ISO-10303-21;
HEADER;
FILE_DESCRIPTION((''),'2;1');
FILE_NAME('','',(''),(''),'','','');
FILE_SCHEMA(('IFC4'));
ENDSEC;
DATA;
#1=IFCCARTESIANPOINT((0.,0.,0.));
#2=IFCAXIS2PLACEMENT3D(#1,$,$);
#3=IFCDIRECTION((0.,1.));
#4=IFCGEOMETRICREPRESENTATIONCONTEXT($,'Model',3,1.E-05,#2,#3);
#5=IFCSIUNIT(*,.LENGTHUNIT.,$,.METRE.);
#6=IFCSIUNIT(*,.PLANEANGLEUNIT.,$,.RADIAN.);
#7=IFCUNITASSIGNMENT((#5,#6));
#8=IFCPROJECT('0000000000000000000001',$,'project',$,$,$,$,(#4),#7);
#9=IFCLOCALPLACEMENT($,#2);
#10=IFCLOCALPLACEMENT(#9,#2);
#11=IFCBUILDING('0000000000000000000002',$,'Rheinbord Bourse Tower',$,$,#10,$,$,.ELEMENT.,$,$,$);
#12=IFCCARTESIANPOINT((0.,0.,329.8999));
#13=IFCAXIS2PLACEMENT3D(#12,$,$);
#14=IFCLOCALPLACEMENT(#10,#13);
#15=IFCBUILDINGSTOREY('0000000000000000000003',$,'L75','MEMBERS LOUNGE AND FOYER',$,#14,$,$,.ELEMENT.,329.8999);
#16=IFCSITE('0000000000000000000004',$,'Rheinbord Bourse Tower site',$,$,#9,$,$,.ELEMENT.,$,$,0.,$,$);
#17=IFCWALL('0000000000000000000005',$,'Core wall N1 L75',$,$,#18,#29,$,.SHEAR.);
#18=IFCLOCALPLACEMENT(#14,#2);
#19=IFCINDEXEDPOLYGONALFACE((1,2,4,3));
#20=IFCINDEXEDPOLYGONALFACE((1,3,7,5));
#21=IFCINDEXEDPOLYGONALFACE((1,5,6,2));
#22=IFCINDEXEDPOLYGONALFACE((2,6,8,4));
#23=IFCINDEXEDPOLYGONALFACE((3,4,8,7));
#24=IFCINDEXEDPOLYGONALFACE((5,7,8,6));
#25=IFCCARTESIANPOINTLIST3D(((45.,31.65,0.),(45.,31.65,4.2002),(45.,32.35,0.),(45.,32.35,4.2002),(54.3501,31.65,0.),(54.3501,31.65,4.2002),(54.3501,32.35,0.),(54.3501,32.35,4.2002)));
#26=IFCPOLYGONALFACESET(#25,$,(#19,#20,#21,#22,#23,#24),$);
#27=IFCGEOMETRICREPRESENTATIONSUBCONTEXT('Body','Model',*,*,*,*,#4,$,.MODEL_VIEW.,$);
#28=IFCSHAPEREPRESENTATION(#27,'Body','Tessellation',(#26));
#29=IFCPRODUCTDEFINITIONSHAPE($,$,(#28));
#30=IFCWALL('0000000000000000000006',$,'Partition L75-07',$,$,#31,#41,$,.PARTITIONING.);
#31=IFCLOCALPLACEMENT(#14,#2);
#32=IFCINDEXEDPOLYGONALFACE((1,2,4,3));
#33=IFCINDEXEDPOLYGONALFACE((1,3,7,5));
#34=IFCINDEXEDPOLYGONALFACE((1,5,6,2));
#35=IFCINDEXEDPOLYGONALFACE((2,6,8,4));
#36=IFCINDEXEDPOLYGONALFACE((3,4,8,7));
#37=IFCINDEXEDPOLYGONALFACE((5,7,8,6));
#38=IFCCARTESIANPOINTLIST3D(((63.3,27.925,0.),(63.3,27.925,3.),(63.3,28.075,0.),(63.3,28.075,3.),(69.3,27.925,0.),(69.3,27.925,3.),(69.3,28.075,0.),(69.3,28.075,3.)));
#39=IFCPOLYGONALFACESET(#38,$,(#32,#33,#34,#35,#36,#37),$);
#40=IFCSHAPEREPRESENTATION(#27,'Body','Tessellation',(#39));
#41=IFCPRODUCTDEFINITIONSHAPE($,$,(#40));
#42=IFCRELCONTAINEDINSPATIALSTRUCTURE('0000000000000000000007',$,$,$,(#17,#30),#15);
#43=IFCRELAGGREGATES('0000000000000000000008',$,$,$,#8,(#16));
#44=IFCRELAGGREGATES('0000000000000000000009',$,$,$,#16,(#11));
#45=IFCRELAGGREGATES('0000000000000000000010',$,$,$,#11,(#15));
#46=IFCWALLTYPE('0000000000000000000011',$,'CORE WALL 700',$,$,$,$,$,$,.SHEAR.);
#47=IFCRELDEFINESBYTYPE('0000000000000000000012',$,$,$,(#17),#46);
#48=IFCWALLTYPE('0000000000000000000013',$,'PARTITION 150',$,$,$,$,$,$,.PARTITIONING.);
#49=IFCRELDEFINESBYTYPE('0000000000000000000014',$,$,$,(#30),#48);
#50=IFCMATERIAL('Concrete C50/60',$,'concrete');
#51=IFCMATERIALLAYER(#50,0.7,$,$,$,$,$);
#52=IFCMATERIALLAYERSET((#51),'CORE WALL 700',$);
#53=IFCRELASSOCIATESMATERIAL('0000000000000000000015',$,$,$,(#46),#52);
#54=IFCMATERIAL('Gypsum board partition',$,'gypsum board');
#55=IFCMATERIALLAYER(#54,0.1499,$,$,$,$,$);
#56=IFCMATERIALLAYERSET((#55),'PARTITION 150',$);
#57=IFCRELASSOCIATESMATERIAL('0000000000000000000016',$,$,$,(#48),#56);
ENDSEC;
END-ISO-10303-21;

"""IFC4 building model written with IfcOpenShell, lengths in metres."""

from ifc_helpers import new_model, si_unit, direction, frame, frame_2d, origin, place, context, subcontext, project, spatial, rectangle, extrude, material, layer, layer_set, type_object, element, save


model = new_model("IFC4")

# Units and contexts
model_context = context("Model", 3, precision=1e-05, world=origin(), true_north=direction((0.0, 1.0)))
body_context = subcontext(model_context, "Body", "Model", "MODEL_VIEW")
ifc_project = project(units=[si_unit("LENGTHUNIT", "METRE"), si_unit("PLANEANGLEUNIT", "RADIAN")], contexts=[model_context])

# Site, building, storey
site_placement = place(None, origin())
site = spatial("IfcSite", under=ifc_project, at=site_placement, Name="Rheinbord Bourse Tower site", CompositionType="ELEMENT", RefElevation=0.0)
building_placement = place(site_placement, origin())
building = spatial("IfcBuilding", under=site, at=building_placement, Name="Rheinbord Bourse Tower", CompositionType="ELEMENT")
storey_placement = place(building_placement, frame((0.0, 0.0, 329.8999)))
storey = spatial("IfcBuildingStorey", under=building, at=storey_placement, Name="L75", Description="MEMBERS LOUNGE AND FOYER", CompositionType="ELEMENT", Elevation=329.8999)

# Walls
ifc_material_1 = material(Name="Concrete C50/60", Category="concrete")
ifc_layer_1 = layer(ifc_material_1, 0.7)
ifc_layer_set_1 = layer_set([ifc_layer_1], Name="CORE WALL 700")
wall_type_1 = type_object("IfcWallType", Name="CORE WALL 700", PredefinedType="SHEAR", material=ifc_layer_set_1)
wall_1_placement = place(storey_placement, frame((54.3501, 32.0, 0.0), z_axis=(0.0, 0.0, 1.0), x_axis=(-1.0, 0.0, 0.0)))
element("IfcWall", 1, at=wall_1_placement, inside=storey, type_object=wall_type_1, Name="Core wall N1 L75", PredefinedType="SHEAR", context=body_context, shape_type="SweptSolid", body=[
    extrude(rectangle(XDim=9.3501, YDim=0.7, at=frame_2d((4.675, 0.0))), origin(), (0.0, 0.0, 1.0), 4.2002),
])
ifc_material_2 = material(Name="Gypsum board partition", Category="gypsum board")
ifc_layer_2 = layer(ifc_material_2, 0.1499)
ifc_layer_set_2 = layer_set([ifc_layer_2], Name="PARTITION 150")
wall_type_2 = type_object("IfcWallType", Name="PARTITION 150", PredefinedType="PARTITIONING", material=ifc_layer_set_2)
wall_2_placement = place(storey_placement, frame((63.3, 28.0, 0.0), z_axis=(0.0, 0.0, 1.0), x_axis=(1.0, 0.0, 0.0)))
element("IfcWall", 2, at=wall_2_placement, inside=storey, type_object=wall_type_2, Name="Partition L75-07", PredefinedType="PARTITIONING", context=body_context, shape_type="SweptSolid", body=[
    extrude(rectangle(XDim=6.0, YDim=0.1499, at=frame_2d((3.0, 0.0))), origin(), (0.0, 0.0, 1.0), 3.0),
])

save(model, "model.ifc")
